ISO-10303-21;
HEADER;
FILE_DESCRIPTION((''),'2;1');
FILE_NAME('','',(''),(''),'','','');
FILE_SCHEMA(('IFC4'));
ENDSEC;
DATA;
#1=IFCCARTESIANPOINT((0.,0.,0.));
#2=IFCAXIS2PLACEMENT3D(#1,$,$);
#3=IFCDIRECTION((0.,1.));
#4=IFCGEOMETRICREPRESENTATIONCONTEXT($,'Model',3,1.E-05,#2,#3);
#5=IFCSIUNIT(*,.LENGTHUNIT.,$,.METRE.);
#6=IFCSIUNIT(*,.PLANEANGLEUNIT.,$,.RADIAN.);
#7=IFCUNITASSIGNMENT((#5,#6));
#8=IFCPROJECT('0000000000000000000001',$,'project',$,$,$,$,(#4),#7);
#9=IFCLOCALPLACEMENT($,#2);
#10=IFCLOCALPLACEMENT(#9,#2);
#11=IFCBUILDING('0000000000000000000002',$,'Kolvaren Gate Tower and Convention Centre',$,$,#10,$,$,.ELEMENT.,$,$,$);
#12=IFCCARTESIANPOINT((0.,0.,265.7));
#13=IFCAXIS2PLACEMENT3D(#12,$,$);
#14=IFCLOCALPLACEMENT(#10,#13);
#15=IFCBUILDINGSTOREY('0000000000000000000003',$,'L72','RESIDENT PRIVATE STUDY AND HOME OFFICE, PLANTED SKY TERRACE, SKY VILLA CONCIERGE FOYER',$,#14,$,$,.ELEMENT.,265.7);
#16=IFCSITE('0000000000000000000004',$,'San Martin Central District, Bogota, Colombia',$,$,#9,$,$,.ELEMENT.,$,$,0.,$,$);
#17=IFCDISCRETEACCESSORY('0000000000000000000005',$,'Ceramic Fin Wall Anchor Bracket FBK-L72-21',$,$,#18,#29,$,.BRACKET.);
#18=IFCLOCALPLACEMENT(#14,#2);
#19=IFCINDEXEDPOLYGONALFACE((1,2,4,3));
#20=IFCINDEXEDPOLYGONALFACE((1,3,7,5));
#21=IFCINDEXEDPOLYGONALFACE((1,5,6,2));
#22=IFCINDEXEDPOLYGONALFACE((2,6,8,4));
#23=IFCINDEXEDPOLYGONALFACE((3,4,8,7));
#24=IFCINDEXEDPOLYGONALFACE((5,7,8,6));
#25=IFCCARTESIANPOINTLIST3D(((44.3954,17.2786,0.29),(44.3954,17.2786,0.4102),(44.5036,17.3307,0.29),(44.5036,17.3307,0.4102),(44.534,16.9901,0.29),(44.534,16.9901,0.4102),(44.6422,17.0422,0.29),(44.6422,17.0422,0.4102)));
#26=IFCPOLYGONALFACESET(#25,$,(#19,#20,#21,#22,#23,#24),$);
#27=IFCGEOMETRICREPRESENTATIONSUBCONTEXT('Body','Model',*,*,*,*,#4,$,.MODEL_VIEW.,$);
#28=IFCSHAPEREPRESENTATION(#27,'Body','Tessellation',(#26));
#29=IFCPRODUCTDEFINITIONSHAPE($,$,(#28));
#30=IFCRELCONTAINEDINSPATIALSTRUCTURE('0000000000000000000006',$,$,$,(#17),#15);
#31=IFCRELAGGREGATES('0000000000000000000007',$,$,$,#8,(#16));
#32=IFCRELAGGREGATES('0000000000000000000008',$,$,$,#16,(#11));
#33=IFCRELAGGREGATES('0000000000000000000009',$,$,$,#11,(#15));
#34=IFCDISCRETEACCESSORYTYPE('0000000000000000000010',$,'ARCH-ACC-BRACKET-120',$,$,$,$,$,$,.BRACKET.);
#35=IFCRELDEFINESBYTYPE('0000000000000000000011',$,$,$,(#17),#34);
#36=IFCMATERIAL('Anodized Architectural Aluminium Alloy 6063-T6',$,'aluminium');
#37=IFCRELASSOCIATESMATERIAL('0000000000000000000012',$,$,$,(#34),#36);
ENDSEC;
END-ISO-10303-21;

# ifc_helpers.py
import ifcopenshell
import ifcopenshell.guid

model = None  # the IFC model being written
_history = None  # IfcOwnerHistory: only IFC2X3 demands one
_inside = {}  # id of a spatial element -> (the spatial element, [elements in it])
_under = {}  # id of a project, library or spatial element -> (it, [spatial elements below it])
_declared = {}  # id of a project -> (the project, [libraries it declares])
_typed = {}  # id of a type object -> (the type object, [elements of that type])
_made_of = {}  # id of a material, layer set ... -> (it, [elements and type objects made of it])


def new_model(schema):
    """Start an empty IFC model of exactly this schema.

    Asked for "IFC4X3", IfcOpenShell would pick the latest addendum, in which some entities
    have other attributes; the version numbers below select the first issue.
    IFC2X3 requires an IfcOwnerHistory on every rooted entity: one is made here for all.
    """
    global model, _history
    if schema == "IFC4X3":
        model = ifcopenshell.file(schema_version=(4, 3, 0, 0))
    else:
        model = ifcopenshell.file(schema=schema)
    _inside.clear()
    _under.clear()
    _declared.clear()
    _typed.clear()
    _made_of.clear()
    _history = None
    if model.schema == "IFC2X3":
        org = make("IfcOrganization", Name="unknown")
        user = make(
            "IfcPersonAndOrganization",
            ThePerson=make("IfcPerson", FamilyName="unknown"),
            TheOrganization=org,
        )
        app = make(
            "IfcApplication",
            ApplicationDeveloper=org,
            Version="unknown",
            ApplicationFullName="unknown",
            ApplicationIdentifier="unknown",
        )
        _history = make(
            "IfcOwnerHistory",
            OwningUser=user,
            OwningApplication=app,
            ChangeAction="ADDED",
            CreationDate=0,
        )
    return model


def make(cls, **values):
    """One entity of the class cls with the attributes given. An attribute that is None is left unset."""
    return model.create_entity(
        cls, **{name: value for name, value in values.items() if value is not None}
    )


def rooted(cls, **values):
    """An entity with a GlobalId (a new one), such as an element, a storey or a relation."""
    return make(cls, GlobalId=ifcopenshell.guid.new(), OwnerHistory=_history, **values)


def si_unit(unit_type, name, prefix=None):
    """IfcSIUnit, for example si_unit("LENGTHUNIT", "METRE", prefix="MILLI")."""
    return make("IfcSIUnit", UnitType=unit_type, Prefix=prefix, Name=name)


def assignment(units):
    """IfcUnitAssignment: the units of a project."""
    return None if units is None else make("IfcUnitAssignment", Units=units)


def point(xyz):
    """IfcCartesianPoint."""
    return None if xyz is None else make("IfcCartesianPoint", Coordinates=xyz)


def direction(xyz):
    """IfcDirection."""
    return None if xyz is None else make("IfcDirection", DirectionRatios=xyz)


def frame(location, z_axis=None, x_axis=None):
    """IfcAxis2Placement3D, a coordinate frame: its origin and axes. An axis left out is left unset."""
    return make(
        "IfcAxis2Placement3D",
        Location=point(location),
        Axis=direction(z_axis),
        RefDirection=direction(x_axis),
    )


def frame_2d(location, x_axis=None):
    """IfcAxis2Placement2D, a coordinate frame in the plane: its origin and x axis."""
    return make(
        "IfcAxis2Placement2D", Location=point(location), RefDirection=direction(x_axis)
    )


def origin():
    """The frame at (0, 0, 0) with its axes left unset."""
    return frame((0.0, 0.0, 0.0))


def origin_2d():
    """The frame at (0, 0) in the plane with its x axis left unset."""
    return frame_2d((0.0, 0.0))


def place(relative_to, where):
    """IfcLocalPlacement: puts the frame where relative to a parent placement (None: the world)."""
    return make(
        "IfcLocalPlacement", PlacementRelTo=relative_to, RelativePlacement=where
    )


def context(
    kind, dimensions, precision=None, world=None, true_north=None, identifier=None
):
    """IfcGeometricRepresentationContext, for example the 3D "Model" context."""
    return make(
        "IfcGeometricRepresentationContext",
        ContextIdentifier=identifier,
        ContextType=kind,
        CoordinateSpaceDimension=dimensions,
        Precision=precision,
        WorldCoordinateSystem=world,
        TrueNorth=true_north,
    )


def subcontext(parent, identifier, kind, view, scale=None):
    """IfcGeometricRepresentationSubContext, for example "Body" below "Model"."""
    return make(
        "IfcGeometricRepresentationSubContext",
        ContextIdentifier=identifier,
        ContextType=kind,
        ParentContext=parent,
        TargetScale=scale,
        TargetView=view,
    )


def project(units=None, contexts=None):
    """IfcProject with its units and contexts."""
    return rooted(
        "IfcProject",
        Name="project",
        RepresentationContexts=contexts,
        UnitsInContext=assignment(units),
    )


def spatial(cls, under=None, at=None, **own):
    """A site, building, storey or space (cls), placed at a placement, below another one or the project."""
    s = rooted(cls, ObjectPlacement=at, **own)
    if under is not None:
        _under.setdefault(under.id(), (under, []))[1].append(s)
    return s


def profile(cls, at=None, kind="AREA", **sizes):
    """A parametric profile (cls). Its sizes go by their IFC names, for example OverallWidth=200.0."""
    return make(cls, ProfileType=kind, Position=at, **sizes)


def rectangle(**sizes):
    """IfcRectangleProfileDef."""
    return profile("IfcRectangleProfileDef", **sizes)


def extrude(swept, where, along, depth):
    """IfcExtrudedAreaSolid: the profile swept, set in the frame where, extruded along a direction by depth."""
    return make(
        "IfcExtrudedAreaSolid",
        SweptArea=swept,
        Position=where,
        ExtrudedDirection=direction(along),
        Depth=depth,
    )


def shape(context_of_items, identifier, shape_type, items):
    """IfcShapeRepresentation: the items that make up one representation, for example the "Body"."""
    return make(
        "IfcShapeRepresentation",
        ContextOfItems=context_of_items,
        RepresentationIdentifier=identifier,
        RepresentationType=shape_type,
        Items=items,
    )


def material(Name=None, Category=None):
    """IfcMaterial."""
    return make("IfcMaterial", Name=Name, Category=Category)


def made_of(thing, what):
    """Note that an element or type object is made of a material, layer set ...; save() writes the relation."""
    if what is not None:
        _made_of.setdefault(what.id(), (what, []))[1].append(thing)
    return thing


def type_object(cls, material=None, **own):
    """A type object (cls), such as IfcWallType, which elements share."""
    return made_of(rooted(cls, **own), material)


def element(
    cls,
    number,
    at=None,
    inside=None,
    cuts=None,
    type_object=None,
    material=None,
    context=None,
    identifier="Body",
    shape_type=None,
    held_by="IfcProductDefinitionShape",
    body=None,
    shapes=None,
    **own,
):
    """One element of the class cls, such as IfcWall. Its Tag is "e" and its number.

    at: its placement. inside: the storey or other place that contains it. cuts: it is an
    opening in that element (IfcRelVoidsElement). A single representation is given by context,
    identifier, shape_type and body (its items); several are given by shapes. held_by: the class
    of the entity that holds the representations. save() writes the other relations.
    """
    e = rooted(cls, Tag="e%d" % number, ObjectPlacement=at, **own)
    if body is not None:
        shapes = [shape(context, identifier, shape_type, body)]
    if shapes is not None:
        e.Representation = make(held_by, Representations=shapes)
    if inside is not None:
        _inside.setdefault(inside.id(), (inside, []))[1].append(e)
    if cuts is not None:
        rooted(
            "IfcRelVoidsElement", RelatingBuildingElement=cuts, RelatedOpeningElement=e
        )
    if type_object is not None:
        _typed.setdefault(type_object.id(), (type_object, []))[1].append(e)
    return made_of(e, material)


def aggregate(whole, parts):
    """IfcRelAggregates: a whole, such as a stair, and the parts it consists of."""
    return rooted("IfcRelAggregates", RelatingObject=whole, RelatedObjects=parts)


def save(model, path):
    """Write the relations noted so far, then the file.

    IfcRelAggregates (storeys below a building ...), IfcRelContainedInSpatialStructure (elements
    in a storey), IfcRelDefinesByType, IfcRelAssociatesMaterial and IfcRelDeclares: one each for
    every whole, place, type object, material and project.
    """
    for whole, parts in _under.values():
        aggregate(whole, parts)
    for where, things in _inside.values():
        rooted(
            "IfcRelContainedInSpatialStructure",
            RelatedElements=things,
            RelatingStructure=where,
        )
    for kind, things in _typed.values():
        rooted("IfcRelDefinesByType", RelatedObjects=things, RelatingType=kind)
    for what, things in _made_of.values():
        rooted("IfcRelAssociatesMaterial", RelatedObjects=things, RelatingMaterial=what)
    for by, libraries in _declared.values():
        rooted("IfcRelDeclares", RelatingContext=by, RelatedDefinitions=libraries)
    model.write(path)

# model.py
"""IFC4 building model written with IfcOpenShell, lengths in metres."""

from ifc_helpers import new_model, si_unit, direction, frame, origin, origin_2d, place, context, subcontext, project, spatial, rectangle, extrude, material, type_object, element, save


model = new_model("IFC4")

# Units and contexts
model_context = context("Model", 3, precision=1e-05, world=origin(), true_north=direction((0.0, 1.0)))
body_context = subcontext(model_context, "Body", "Model", "MODEL_VIEW")
ifc_project = project(units=[si_unit("LENGTHUNIT", "METRE"), si_unit("PLANEANGLEUNIT", "RADIAN")], contexts=[model_context])

# Site, building, storey
site_placement = place(None, origin())
site = spatial("IfcSite", under=ifc_project, at=site_placement, Name="San Martin Central District, Bogota, Colombia", CompositionType="ELEMENT", RefElevation=0.0)
building_placement = place(site_placement, origin())
building = spatial("IfcBuilding", under=site, at=building_placement, Name="Kolvaren Gate Tower and Convention Centre", CompositionType="ELEMENT")
storey_placement = place(building_placement, frame((0.0, 0.0, 265.7)))
storey = spatial("IfcBuildingStorey", under=building, at=storey_placement, Name="L72", Description="RESIDENT PRIVATE STUDY AND HOME OFFICE, PLANTED SKY TERRACE, SKY VILLA CONCIERGE FOYER", CompositionType="ELEMENT", Elevation=265.7)

# Shared definitions
ifc_material_1 = material(Name="Anodized Architectural Aluminium Alloy 6063-T6", Category="aluminium")

# Discrete accessory
discrete_accessory_type = type_object("IfcDiscreteAccessoryType", Name="ARCH-ACC-BRACKET-120", PredefinedType="BRACKET", material=ifc_material_1)
discrete_accessory_1_placement = place(storey_placement, frame((44.5188, 17.1604, 0.29), z_axis=(0.0, 0.0, 1.0), x_axis=(0.901356, 0.433079, 0.0)))
element("IfcDiscreteAccessory", 1, at=discrete_accessory_1_placement, inside=storey, type_object=discrete_accessory_type, Name="Ceramic Fin Wall Anchor Bracket FBK-L72-21", PredefinedType="BRACKET", context=body_context, shape_type="SweptSolid", body=[
    extrude(rectangle(XDim=0.1201, YDim=0.3201, at=origin_2d()), origin(), (0.0, 0.0, 1.0), 0.1201),
])

save(model, "model.ifc")
